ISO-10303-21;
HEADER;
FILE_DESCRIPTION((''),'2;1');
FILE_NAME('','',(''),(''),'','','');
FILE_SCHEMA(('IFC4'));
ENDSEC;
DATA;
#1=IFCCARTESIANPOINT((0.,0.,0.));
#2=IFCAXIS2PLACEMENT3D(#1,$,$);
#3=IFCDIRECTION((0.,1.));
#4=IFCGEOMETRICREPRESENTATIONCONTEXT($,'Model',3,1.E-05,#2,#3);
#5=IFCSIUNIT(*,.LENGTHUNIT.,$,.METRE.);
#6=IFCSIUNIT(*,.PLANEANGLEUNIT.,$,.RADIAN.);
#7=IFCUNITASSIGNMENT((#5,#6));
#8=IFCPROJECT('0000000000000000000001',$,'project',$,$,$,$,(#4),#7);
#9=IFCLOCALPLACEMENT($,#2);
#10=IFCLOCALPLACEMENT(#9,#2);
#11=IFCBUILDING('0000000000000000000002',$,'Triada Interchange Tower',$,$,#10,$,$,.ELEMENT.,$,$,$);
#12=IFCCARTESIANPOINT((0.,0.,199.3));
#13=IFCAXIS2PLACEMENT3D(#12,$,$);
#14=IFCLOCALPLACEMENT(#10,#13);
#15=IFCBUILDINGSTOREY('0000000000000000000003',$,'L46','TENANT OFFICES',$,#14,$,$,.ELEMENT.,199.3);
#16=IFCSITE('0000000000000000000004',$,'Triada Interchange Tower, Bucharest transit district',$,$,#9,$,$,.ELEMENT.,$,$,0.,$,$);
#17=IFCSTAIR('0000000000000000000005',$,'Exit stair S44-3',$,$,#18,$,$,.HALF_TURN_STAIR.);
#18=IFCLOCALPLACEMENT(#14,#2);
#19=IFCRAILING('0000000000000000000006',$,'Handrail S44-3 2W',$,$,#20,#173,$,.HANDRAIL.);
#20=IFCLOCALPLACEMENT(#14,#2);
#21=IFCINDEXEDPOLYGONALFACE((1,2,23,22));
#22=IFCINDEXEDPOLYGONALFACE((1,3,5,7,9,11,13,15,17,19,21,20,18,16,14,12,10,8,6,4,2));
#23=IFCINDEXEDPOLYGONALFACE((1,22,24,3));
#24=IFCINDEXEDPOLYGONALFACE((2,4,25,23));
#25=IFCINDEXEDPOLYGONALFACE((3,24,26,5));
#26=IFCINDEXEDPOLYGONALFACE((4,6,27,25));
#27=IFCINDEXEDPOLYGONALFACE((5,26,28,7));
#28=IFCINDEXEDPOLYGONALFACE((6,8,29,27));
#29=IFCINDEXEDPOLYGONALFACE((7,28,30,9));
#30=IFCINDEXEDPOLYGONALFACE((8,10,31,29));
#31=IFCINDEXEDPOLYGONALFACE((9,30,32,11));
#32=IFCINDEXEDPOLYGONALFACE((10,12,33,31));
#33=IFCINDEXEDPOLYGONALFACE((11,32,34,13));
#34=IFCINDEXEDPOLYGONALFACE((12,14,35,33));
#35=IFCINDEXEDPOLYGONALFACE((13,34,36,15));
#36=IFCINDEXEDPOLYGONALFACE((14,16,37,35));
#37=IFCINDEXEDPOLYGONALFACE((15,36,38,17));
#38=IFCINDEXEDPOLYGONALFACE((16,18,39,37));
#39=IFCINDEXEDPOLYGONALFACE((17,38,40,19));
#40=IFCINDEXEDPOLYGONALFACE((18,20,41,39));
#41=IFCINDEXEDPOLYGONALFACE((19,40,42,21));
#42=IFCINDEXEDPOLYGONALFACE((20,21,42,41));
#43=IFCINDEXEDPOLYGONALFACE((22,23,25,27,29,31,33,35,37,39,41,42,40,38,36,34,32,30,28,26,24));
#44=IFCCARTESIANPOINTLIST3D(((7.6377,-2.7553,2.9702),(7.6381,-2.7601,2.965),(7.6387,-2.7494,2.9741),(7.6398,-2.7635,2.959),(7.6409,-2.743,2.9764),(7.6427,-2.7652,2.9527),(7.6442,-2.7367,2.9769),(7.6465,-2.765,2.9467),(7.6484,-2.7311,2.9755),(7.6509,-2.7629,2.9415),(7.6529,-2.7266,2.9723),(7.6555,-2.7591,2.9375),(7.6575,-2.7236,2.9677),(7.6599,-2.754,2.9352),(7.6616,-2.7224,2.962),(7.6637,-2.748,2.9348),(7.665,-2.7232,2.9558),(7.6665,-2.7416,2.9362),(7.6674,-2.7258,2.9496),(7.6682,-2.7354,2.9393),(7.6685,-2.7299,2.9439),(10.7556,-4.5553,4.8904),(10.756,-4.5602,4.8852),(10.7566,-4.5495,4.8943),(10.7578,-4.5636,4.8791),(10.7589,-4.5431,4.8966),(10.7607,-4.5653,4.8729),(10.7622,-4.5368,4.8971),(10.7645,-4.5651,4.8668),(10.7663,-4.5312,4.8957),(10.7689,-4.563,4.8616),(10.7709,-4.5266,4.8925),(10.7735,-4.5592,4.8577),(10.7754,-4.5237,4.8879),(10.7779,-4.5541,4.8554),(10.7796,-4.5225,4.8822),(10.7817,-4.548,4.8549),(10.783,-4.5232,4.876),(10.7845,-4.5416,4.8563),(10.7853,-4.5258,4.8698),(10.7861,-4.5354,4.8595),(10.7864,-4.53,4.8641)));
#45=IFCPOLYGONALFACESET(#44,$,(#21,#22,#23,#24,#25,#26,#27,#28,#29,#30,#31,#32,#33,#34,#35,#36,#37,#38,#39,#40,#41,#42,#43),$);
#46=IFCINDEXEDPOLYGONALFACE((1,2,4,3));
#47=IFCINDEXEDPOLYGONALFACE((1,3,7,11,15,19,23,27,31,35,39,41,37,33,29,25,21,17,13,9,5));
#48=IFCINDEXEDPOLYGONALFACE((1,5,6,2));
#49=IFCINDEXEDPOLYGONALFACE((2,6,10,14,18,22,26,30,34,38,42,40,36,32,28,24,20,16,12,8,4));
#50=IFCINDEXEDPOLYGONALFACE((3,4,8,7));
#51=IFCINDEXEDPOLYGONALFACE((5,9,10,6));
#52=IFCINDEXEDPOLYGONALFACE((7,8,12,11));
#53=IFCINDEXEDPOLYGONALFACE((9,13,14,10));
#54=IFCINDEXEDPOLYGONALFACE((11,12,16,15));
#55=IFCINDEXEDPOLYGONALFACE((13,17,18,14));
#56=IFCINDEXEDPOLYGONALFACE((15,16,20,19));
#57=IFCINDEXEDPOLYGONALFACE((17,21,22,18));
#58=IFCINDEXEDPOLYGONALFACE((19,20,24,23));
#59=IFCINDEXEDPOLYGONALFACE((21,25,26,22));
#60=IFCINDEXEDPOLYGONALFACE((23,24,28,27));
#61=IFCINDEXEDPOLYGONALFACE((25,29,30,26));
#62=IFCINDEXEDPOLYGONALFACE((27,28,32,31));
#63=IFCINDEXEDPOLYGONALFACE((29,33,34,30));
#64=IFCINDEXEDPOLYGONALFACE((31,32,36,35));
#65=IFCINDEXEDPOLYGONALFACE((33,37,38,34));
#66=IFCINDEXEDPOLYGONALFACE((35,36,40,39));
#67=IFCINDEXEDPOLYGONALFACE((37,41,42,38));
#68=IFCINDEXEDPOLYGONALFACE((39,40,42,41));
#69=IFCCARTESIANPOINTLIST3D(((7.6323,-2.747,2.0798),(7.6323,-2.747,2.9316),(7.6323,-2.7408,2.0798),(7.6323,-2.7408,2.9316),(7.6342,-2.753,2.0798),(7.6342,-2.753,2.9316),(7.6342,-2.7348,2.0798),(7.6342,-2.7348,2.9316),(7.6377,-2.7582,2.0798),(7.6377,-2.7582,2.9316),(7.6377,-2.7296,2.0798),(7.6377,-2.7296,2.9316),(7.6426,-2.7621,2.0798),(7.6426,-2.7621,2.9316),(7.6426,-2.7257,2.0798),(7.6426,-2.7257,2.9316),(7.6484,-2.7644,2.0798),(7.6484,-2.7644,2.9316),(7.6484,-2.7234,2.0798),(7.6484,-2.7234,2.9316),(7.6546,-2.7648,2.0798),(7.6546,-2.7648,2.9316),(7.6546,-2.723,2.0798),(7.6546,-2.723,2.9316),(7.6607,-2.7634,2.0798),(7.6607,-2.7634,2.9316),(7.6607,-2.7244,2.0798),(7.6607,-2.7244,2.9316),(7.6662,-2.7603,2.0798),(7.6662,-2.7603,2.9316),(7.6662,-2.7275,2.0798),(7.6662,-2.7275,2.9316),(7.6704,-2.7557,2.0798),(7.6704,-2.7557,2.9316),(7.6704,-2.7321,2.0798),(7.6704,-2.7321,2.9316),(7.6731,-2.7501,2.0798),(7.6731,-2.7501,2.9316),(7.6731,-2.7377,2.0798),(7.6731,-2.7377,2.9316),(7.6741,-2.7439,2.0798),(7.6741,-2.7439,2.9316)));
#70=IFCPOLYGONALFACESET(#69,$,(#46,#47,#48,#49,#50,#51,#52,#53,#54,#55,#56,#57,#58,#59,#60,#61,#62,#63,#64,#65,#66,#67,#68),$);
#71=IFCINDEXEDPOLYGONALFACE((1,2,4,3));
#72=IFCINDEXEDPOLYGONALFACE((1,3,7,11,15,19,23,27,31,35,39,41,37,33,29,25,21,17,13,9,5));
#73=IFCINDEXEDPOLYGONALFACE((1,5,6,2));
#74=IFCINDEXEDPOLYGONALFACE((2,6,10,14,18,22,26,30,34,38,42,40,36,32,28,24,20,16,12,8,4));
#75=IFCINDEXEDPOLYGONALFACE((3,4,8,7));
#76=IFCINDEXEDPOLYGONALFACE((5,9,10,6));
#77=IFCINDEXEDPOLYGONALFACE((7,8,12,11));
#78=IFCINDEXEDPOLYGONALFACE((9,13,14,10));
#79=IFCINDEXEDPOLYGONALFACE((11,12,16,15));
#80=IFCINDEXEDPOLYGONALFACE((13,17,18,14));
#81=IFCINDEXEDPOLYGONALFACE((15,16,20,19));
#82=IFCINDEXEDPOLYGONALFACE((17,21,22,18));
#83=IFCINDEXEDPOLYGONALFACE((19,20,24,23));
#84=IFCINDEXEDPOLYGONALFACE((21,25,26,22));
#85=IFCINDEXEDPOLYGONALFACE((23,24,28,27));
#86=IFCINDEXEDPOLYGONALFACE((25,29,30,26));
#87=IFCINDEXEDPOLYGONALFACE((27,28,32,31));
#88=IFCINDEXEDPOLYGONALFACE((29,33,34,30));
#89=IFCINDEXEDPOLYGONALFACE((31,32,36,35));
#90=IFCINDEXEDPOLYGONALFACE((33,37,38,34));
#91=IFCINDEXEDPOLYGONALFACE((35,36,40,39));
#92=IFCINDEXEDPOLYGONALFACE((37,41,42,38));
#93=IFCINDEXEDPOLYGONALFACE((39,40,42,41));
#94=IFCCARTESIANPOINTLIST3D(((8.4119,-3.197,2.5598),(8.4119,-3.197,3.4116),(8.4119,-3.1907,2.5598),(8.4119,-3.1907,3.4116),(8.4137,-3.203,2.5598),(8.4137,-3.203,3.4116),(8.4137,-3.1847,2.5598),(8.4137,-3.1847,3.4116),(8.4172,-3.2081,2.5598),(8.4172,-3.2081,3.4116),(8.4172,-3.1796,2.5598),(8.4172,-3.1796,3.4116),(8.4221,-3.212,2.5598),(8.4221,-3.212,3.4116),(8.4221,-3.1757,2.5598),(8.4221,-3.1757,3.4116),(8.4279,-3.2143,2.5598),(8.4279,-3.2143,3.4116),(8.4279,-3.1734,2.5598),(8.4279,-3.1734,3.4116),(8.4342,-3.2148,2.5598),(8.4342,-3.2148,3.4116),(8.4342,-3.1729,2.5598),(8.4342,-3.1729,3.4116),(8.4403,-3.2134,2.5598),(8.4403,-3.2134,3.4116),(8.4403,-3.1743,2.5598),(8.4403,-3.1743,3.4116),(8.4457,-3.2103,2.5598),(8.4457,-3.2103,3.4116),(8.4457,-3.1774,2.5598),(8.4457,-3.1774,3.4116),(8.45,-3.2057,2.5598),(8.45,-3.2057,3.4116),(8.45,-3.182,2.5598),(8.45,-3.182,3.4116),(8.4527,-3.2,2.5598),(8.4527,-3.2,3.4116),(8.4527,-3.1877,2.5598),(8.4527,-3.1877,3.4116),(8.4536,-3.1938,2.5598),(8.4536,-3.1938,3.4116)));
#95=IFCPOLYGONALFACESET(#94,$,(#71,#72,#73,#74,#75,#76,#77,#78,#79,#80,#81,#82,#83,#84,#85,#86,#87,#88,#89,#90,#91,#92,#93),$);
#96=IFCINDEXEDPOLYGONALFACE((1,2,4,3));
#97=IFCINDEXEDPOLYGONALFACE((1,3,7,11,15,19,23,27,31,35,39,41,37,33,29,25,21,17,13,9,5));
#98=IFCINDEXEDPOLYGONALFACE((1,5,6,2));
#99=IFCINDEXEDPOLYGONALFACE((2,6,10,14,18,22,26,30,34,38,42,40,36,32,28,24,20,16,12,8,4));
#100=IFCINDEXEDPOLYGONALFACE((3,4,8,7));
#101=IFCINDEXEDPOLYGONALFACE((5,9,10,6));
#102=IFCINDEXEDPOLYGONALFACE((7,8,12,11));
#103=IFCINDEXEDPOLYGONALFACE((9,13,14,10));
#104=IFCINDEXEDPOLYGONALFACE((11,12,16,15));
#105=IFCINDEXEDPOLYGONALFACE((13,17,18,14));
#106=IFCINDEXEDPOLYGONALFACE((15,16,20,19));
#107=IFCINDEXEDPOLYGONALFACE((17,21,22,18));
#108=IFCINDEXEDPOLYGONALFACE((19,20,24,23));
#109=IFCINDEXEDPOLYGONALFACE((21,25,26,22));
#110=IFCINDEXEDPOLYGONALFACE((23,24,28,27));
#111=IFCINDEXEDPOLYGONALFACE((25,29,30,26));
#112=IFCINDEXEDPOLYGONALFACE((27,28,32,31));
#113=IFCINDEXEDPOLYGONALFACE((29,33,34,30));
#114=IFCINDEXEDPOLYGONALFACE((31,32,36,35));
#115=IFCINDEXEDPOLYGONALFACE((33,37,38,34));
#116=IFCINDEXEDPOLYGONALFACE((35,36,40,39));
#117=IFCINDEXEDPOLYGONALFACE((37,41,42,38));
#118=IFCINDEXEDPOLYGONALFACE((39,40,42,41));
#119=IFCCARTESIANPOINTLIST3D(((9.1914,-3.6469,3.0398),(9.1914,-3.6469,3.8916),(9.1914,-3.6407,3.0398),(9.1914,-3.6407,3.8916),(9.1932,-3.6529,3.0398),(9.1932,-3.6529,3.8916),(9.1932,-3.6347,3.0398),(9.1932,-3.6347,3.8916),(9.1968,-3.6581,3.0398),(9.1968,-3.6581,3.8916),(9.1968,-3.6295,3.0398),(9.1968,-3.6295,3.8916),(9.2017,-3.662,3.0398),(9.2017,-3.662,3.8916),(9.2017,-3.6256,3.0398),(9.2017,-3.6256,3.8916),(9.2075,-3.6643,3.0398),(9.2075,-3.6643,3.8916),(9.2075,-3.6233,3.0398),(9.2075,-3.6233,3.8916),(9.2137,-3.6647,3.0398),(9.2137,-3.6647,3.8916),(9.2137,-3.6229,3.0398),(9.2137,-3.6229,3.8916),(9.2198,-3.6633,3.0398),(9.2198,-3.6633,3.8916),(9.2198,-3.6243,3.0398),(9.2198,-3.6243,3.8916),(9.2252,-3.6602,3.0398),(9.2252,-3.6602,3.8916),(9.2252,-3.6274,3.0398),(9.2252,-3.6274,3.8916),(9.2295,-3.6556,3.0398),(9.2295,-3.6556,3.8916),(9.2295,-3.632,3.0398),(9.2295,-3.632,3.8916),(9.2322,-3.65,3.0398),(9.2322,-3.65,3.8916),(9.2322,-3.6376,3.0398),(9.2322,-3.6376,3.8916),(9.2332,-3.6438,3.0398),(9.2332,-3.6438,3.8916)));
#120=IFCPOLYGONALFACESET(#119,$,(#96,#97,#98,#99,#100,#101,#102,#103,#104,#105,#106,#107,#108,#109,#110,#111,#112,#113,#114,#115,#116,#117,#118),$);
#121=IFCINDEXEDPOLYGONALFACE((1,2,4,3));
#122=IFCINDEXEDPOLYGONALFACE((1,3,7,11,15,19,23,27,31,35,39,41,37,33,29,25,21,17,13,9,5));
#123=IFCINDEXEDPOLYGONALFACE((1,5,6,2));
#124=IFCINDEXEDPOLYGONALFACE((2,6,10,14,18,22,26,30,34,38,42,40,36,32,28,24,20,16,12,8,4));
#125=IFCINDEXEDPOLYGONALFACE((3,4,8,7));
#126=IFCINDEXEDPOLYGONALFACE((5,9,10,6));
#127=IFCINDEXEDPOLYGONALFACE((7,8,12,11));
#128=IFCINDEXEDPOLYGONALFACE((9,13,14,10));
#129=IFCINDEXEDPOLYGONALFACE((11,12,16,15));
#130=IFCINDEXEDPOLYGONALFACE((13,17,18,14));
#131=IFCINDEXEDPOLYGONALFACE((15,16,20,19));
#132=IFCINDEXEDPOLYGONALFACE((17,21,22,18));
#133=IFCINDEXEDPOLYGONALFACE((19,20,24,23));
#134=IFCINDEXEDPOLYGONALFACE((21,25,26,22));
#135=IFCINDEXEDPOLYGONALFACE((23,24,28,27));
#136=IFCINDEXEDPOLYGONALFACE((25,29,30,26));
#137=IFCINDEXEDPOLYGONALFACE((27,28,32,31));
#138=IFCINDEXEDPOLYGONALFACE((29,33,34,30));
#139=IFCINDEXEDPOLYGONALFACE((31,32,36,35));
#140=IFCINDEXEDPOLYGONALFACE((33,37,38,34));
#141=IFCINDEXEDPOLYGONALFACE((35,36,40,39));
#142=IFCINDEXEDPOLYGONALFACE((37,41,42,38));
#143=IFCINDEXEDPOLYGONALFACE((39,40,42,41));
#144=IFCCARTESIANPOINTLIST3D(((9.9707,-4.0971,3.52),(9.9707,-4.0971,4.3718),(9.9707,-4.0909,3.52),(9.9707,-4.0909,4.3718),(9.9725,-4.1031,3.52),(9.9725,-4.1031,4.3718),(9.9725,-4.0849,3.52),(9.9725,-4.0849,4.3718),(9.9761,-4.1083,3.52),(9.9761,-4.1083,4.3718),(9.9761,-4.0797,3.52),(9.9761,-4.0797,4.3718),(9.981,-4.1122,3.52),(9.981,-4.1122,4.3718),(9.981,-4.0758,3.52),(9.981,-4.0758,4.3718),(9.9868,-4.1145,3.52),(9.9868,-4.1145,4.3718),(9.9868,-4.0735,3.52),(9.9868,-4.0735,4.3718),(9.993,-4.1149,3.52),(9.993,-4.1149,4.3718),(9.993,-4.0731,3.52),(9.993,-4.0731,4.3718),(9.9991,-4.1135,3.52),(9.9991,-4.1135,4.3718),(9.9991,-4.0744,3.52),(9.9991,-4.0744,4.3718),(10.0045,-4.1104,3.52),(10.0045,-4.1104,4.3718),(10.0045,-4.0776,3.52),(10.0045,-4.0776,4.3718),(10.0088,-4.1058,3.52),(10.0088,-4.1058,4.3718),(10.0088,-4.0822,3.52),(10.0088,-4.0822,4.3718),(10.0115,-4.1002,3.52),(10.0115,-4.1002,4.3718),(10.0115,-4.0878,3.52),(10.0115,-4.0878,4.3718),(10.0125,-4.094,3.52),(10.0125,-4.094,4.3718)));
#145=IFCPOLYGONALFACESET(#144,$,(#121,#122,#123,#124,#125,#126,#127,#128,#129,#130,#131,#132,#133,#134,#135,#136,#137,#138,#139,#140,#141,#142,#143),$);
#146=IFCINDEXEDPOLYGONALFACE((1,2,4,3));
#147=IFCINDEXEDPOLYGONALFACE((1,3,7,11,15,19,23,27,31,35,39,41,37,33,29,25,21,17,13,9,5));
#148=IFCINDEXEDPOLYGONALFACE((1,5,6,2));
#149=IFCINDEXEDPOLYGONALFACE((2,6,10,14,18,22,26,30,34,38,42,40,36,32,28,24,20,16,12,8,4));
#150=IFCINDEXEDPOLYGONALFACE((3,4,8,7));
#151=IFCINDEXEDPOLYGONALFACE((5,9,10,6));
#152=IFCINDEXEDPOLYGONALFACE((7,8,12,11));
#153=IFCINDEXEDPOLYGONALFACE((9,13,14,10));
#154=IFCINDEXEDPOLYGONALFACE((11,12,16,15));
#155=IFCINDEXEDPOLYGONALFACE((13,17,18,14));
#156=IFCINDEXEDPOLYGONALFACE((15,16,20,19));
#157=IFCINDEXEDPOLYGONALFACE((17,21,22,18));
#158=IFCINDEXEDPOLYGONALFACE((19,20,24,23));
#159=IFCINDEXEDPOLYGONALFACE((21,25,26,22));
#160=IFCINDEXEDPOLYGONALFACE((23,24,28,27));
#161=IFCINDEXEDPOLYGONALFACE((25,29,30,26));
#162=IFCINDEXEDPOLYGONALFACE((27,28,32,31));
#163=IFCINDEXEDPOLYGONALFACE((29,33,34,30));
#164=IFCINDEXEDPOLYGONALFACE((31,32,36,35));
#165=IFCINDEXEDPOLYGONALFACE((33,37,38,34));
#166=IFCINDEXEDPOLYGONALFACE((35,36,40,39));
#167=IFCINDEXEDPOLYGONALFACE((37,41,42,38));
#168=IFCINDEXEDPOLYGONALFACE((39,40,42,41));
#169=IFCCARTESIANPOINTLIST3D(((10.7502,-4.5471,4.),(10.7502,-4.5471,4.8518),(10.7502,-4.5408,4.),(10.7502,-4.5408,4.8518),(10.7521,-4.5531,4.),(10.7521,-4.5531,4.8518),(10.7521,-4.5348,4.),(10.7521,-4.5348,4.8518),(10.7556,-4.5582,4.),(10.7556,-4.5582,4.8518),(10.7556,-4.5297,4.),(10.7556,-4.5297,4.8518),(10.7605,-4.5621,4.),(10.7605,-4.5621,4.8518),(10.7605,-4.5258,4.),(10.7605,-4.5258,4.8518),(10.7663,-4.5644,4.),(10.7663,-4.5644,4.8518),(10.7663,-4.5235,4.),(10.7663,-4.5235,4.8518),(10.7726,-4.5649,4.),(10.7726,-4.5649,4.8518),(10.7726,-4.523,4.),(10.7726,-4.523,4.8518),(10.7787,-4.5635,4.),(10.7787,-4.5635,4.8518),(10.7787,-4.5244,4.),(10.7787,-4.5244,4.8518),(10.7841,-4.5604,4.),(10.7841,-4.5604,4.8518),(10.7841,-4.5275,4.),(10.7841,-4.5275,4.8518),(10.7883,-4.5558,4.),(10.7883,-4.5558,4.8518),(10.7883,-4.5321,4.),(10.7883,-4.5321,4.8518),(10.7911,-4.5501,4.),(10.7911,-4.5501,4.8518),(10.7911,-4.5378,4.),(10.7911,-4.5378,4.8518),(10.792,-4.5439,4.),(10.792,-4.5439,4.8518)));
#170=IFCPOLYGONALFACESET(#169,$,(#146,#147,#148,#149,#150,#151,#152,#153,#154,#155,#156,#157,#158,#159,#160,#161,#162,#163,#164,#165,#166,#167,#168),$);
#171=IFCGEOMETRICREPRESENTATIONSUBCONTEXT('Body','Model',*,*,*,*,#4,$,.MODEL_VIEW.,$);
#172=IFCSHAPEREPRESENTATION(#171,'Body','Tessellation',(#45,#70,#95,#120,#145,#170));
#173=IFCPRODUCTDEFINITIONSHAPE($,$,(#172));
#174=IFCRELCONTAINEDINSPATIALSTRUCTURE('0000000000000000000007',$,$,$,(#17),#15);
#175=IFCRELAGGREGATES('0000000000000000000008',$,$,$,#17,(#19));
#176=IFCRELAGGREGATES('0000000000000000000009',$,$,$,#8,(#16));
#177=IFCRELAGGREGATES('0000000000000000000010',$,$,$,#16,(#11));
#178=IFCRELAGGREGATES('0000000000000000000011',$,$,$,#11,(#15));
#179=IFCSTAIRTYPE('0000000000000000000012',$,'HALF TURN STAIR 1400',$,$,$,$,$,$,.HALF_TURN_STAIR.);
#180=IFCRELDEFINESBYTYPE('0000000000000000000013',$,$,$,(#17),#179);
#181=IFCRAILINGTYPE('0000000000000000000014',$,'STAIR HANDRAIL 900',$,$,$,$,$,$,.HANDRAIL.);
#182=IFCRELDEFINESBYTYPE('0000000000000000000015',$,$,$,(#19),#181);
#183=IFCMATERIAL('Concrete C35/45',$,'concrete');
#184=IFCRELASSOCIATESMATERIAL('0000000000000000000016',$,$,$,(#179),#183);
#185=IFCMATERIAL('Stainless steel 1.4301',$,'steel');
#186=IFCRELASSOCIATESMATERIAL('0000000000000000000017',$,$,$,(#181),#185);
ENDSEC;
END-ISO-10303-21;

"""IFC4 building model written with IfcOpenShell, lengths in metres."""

from ifc_helpers import new_model, si_unit, direction, frame, origin, origin_2d, place, context, subcontext, project, spatial, circle, extrude, material, type_object, element, aggregate, save


model = new_model("IFC4")

# Units and contexts
model_context = context("Model", 3, precision=1e-05, world=origin(), true_north=direction((0.0, 1.0)))
body_context = subcontext(model_context, "Body", "Model", "MODEL_VIEW")
ifc_project = project(units=[si_unit("LENGTHUNIT", "METRE"), si_unit("PLANEANGLEUNIT", "RADIAN")], contexts=[model_context])

# Site, building, storey
site_placement = place(None, origin())
site = spatial("IfcSite", under=ifc_project, at=site_placement, Name="Triada Interchange Tower, Bucharest transit district", CompositionType="ELEMENT", RefElevation=0.0)
building_placement = place(site_placement, origin())
building = spatial("IfcBuilding", under=site, at=building_placement, Name="Triada Interchange Tower", CompositionType="ELEMENT")
storey_placement = place(building_placement, frame((0.0, 0.0, 199.3)))
storey = spatial("IfcBuildingStorey", under=building, at=storey_placement, Name="L46", Description="TENANT OFFICES", CompositionType="ELEMENT", Elevation=199.3)

# Stair, railing
ifc_material_1 = material(Name="Concrete C35/45", Category="concrete")
stair_type = type_object("IfcStairType", Name="HALF TURN STAIR 1400", PredefinedType="HALF_TURN_STAIR", material=ifc_material_1)
stair_placement = place(storey_placement, origin())
stair = element("IfcStair", 1, at=stair_placement, inside=storey, type_object=stair_type, Name="Exit stair S44-3", PredefinedType="HALF_TURN_STAIR")
ifc_material_2 = material(Name="Stainless steel 1.4301", Category="steel")
railing_type = type_object("IfcRailingType", Name="STAIR HANDRAIL 900", PredefinedType="HANDRAIL", material=ifc_material_2)
railing_1_placement = place(storey_placement, frame((7.6531, -2.7439, 2.0798)))
railing_1 = element("IfcRailing", 2, at=railing_1_placement, type_object=railing_type, Name="Handrail S44-3 2W", PredefinedType="HANDRAIL", context=body_context, shape_type="SweptSolid", body=[
    extrude(circle(Radius=0.0239, at=origin_2d()), frame((0.0, 0.0, 0.876), z_axis=(0.764145, -0.441159, 0.470597), x_axis=(0.499983, 0.866035, 0.0)), (0.0, 0.0, 1.0), 4.0803),
    extrude(circle(Radius=0.021, at=origin_2d()), origin(), (0.0, 0.0, 1.0), 0.8518),
    extrude(circle(Radius=0.021, at=origin_2d()), frame((0.7795, -0.45, 0.48)), (0.0, 0.0, 1.0), 0.8518),
    extrude(circle(Radius=0.021, at=origin_2d()), frame((1.5591, -0.8999, 0.96)), (0.0, 0.0, 1.0), 0.8518),
    extrude(circle(Radius=0.021, at=origin_2d()), frame((2.3384, -1.3501, 1.4402)), (0.0, 0.0, 1.0), 0.8518),
    extrude(circle(Radius=0.021, at=origin_2d()), frame((3.1179, -1.8, 1.9202)), (0.0, 0.0, 1.0), 0.8518),
])
aggregate(stair, [railing_1])

save(model, "model.ifc")
